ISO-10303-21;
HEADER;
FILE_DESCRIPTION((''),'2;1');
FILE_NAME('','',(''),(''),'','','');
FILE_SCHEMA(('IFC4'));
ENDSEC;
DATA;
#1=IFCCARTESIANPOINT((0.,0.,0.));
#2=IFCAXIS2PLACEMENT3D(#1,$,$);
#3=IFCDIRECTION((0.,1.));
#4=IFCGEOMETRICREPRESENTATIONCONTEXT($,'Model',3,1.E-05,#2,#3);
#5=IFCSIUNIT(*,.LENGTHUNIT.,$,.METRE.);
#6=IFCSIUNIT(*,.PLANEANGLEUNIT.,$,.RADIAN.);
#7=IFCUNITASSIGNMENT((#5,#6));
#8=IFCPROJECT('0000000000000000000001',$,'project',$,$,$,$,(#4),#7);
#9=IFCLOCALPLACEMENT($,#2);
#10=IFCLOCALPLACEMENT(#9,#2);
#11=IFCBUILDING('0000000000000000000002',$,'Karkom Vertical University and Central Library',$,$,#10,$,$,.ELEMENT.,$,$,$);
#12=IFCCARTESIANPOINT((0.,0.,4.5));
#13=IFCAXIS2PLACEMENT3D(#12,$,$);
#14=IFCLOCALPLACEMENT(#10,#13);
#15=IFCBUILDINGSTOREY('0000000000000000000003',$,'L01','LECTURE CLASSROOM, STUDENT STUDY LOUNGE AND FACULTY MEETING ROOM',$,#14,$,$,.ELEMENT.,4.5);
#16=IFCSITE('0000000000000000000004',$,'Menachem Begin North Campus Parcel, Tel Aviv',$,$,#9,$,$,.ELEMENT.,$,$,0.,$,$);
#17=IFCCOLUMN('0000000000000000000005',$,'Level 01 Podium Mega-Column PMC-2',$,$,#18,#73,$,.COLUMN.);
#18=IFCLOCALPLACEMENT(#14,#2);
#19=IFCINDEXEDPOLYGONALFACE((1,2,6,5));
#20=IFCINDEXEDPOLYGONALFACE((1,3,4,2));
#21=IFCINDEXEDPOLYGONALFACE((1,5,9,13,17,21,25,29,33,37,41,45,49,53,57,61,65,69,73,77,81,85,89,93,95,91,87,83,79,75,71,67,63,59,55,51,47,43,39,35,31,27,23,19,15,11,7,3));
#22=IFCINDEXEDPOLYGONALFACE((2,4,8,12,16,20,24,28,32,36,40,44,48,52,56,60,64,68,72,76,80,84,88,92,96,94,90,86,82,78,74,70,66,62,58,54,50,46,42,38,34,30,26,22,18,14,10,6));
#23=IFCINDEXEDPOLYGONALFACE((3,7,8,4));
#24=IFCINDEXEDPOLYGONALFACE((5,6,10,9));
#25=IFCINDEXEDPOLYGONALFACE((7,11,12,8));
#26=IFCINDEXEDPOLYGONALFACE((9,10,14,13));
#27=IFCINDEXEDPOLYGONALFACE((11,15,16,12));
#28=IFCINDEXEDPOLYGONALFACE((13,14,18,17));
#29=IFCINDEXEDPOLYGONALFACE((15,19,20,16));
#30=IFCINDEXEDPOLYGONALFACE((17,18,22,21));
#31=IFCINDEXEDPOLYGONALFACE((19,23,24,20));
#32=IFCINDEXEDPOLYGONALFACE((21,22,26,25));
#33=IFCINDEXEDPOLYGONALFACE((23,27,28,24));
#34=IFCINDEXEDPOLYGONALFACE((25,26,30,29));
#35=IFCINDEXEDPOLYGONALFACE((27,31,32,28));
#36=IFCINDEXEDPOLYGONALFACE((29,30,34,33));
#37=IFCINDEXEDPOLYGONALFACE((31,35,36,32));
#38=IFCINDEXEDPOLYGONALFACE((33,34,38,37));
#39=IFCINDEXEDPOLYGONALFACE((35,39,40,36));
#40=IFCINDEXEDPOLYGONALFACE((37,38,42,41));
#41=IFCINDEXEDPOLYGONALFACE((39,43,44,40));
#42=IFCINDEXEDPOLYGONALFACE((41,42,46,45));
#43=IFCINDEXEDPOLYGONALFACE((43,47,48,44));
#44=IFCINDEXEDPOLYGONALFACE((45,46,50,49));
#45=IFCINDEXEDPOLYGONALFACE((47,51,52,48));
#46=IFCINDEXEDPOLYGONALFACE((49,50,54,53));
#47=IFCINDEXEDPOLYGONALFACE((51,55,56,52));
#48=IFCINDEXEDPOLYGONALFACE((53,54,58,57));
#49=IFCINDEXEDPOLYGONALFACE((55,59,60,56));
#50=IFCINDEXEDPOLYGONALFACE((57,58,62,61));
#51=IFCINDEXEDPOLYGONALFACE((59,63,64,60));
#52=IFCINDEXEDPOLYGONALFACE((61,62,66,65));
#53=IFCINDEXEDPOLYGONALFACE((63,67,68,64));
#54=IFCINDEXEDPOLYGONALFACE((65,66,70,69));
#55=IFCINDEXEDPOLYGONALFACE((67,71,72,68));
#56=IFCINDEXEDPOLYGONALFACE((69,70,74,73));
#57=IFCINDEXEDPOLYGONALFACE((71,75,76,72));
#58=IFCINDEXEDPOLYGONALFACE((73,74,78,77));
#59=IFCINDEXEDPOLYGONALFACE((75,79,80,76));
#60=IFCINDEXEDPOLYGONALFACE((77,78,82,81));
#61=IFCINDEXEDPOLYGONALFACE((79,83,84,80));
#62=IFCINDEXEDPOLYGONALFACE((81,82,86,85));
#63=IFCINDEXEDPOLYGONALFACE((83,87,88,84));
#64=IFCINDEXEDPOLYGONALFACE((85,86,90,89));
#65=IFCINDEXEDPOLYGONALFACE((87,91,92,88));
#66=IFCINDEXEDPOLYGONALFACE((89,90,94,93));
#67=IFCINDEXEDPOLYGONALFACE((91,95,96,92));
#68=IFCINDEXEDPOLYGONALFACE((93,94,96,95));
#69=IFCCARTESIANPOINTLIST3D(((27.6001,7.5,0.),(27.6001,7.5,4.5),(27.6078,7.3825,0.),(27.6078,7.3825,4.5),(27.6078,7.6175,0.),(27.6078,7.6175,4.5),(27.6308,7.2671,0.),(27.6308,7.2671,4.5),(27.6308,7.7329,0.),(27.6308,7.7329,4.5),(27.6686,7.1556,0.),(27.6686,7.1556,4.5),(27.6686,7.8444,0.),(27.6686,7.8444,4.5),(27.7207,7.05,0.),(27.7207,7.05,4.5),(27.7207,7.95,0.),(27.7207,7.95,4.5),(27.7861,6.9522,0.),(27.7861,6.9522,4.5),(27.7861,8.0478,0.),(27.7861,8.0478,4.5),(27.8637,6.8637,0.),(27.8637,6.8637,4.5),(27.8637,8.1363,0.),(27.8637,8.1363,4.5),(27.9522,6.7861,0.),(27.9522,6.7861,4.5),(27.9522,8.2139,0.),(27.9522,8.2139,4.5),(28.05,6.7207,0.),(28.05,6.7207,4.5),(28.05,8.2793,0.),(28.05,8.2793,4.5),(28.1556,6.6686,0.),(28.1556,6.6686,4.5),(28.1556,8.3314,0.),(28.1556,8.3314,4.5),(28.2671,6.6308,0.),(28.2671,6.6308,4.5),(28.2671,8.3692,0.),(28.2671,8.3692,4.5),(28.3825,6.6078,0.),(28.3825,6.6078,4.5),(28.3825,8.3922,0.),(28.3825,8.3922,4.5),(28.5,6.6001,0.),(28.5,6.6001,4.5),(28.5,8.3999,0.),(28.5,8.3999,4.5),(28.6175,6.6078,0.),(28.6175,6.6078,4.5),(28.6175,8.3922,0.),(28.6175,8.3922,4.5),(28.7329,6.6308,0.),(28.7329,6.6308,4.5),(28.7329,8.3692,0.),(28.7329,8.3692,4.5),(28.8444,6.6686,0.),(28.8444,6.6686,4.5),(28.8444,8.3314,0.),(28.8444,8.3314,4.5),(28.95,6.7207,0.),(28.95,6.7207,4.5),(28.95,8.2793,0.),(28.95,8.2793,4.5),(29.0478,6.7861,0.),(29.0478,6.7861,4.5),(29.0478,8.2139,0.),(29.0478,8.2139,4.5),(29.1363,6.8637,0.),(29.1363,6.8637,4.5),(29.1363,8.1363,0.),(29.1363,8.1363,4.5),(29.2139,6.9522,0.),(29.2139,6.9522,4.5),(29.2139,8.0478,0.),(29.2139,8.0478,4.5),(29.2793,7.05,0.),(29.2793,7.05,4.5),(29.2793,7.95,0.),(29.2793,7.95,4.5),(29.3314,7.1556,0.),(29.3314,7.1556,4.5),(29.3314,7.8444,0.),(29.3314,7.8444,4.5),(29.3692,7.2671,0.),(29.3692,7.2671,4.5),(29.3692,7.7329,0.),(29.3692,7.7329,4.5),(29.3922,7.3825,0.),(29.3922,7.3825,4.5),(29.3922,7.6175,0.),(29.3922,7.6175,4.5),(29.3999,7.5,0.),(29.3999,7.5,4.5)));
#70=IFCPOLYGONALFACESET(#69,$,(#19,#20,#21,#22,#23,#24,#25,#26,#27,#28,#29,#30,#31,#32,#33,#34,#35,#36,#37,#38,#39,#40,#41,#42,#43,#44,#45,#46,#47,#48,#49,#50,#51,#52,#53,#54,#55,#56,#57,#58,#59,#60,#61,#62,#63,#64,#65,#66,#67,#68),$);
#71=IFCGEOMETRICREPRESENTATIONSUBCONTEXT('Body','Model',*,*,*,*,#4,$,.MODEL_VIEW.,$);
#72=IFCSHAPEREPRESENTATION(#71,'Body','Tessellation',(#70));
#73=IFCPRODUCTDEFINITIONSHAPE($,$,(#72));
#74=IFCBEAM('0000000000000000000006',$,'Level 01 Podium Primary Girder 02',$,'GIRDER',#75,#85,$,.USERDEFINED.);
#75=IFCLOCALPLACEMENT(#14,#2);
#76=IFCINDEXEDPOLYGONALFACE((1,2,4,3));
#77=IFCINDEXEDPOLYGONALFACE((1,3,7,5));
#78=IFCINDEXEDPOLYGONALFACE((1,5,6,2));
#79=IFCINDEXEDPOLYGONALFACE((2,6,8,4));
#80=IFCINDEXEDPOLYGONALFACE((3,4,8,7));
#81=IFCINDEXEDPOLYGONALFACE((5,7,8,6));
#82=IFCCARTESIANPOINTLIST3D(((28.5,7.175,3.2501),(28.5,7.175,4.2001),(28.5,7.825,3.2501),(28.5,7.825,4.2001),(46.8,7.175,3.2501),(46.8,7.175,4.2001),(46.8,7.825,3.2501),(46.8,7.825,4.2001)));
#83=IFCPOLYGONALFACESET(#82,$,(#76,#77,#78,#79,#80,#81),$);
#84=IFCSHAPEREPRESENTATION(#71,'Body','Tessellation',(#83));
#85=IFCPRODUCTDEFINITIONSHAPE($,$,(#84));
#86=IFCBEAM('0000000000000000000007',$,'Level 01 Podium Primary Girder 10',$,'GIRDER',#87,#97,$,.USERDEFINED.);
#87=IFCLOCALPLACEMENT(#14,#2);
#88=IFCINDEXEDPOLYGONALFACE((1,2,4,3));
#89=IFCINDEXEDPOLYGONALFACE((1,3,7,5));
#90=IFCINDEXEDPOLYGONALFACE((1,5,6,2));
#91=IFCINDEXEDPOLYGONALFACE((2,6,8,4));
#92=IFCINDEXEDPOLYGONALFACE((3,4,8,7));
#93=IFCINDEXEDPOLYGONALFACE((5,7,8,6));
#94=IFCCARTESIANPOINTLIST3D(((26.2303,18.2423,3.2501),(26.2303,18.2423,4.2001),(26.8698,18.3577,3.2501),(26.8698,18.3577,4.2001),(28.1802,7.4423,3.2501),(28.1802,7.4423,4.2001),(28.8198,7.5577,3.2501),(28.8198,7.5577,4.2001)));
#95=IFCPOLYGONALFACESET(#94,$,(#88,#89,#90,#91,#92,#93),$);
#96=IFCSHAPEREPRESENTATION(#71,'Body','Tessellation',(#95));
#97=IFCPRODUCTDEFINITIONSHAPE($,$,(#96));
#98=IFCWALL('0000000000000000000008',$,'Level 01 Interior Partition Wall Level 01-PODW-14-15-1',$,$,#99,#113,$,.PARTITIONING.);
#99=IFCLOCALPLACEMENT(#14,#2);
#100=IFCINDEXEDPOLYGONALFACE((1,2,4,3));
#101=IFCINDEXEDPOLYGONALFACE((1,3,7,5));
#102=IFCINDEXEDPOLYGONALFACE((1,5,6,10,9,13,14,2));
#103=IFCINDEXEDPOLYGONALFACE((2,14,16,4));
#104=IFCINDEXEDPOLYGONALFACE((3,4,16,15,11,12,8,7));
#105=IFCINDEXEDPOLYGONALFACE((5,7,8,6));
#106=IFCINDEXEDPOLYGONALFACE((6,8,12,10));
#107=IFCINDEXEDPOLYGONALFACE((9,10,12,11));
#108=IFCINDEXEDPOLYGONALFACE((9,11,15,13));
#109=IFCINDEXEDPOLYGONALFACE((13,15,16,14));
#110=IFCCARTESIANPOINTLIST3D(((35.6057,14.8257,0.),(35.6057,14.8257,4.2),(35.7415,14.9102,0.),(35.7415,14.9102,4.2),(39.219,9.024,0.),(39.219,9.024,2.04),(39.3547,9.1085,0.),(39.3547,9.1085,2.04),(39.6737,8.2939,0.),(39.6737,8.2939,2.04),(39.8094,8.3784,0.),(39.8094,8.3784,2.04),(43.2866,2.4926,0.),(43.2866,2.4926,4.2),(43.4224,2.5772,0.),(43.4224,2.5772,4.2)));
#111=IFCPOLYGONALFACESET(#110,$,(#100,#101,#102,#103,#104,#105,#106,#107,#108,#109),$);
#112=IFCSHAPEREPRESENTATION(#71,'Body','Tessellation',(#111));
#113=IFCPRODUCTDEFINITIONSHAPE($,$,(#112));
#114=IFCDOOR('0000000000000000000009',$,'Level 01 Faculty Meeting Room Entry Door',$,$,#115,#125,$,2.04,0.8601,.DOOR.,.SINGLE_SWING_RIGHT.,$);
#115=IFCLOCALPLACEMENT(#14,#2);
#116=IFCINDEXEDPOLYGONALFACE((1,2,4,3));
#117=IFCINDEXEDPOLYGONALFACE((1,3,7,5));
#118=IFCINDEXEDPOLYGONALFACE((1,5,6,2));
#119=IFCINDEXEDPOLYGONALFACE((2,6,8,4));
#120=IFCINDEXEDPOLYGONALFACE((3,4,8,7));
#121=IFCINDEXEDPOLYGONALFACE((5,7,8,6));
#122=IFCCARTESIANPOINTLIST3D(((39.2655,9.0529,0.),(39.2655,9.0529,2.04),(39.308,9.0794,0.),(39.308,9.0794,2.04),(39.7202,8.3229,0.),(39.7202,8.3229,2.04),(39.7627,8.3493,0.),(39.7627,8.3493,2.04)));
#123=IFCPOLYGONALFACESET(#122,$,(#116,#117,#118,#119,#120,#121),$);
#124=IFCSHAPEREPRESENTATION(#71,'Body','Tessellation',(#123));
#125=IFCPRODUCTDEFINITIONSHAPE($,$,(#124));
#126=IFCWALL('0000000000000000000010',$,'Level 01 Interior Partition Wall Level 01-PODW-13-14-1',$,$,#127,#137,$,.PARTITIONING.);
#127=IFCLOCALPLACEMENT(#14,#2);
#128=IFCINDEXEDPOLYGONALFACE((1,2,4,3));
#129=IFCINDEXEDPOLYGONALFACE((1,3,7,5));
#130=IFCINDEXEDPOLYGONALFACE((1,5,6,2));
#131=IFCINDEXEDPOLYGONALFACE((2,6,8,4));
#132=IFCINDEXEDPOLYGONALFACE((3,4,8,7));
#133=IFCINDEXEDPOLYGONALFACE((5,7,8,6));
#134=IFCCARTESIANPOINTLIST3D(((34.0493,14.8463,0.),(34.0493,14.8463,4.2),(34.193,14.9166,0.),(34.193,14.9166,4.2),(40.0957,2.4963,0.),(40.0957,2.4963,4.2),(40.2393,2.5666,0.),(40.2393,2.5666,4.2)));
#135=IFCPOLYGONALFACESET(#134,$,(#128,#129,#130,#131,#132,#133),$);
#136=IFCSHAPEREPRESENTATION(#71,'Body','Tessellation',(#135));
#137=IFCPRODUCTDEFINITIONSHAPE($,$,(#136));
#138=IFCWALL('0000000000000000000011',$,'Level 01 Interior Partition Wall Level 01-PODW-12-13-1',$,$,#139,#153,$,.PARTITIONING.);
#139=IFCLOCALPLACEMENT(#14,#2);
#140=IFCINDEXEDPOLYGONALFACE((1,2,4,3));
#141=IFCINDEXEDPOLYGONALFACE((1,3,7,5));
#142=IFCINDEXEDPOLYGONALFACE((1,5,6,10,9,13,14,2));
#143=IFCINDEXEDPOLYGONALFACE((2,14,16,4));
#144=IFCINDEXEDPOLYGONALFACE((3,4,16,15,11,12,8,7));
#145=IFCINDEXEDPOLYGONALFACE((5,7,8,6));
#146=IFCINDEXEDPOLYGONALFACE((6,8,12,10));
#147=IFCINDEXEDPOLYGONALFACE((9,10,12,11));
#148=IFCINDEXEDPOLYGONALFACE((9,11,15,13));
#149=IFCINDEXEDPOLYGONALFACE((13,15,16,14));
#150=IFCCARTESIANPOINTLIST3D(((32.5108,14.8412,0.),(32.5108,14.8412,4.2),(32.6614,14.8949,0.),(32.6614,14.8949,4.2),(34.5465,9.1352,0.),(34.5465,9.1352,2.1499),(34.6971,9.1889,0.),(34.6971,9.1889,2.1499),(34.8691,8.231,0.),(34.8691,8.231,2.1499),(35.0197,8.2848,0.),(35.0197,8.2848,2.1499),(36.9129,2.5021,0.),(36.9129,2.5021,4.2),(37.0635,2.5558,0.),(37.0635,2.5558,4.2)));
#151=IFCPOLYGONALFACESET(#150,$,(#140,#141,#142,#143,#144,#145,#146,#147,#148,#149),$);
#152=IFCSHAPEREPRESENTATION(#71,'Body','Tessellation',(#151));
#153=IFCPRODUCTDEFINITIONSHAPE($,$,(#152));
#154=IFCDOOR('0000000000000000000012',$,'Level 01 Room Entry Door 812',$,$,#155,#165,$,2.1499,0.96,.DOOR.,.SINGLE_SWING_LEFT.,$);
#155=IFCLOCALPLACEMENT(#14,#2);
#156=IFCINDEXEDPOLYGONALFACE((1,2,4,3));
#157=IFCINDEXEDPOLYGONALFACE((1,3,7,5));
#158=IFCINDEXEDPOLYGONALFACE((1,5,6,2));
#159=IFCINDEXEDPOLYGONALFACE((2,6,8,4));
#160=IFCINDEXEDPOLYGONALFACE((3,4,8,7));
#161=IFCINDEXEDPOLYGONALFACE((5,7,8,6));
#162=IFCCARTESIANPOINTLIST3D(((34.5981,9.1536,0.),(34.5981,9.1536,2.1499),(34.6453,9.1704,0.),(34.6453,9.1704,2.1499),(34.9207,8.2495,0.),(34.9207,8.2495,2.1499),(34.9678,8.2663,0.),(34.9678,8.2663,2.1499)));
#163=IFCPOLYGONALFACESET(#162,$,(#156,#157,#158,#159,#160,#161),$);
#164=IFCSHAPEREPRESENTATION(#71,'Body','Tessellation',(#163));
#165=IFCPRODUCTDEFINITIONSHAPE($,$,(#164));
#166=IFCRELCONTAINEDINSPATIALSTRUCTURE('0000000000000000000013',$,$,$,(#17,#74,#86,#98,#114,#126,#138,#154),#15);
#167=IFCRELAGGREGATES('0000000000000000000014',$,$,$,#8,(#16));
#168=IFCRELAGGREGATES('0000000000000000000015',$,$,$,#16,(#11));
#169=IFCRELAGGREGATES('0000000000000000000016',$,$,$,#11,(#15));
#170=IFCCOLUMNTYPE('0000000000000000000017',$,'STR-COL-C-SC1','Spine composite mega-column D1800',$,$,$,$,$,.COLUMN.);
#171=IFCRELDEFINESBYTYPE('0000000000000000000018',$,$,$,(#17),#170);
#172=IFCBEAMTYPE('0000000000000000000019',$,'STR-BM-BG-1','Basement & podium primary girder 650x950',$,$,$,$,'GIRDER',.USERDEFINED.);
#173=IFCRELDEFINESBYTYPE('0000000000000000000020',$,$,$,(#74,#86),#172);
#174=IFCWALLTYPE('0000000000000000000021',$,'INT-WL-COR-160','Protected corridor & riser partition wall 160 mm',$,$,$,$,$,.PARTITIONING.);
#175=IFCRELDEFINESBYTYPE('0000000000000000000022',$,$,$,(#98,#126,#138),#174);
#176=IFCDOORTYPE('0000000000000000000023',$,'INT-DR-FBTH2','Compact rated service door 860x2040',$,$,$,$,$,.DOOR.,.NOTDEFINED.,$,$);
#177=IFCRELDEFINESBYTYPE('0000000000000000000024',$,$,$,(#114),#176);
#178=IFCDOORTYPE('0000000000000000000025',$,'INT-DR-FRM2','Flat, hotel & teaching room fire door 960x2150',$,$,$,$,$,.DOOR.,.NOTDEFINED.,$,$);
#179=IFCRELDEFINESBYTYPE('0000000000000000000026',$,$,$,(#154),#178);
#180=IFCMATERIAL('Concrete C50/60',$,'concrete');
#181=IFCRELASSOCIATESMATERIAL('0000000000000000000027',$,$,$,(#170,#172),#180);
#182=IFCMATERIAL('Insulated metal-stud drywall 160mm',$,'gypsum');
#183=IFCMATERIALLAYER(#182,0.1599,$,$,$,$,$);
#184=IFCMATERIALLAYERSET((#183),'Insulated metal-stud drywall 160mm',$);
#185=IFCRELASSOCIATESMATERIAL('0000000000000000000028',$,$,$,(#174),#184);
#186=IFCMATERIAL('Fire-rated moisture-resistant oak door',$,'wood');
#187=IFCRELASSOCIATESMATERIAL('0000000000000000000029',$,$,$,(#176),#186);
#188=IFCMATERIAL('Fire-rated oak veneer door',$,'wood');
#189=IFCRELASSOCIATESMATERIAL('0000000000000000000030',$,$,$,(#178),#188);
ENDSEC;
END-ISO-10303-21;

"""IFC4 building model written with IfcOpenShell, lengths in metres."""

from ifc_helpers import new_model, si_unit, direction, frame, frame_2d, origin, origin_with_axes, origin_2d, place, context, subcontext, project, spatial, rectangle, circle, extrude, source, transform, mapped, material, layer, layer_set, material_profile, profile_set, type_object, element, fill, save


model = new_model("IFC4")

# Units and contexts
model_context = context("Model", 3, precision=1e-05, world=origin(), true_north=direction((0.0, 1.0)))
body_context = subcontext(model_context, "Body", "Model", "MODEL_VIEW")
ifc_project = project(units=[si_unit("LENGTHUNIT", "METRE"), si_unit("PLANEANGLEUNIT", "RADIAN")], contexts=[model_context])

# Site, building, storey
site_placement = place(None, origin())
site = spatial("IfcSite", under=ifc_project, at=site_placement, Name="Menachem Begin North Campus Parcel, Tel Aviv", CompositionType="ELEMENT", RefElevation=0.0)
building_placement = place(site_placement, origin())
building = spatial("IfcBuilding", under=site, at=building_placement, Name="Karkom Vertical University and Central Library", CompositionType="ELEMENT")
storey_placement = place(building_placement, frame((0.0, 0.0, 4.5)))
storey = spatial("IfcBuildingStorey", under=building, at=storey_placement, Name="L01", Description="LECTURE CLASSROOM, STUDENT STUDY LOUNGE AND FACULTY MEETING ROOM", CompositionType="ELEMENT", Elevation=4.5)

# Column
ifc_material_1 = material(Name="Concrete C50/60", Category="concrete")
ifc_material_profile_1 = material_profile(ifc_material_1, circle(Radius=0.8999, at=origin_2d()), Name="CFT-D1800")
ifc_profile_set_1 = profile_set([ifc_material_profile_1], Name="Concrete C50/60")
column_type = type_object("IfcColumnType", Name="STR-COL-C-SC1", Description="Spine composite mega-column D1800", PredefinedType="COLUMN", material=ifc_profile_set_1)
shared_shape_1 = source(origin_with_axes(), body_context, "Body", "SweptSolid", [
    extrude(circle(Radius=0.8999, at=origin_2d()), origin(), (0.0, 0.0, 1.0), 4.5),
])
column_placement = place(storey_placement, frame((28.5, 7.5, 0.0), z_axis=(0.0, 0.0, 1.0), x_axis=(1.0, 0.0, 0.0)))
element("IfcColumn", 1, at=column_placement, inside=storey, type_object=column_type, Name="Level 01 Podium Mega-Column PMC-2", PredefinedType="COLUMN", context=body_context, shape_type="MappedRepresentation", body=[
    mapped(shared_shape_1, transform((0.0, 0.0, 0.0), scale=1.0)),
])

# Beams
ifc_material_profile_2 = material_profile(ifc_material_1, rectangle(XDim=0.6499, YDim=0.95, at=origin_2d()), Name="RCG-650x950")
ifc_profile_set_2 = profile_set([ifc_material_profile_2], Name="Concrete C50/60")
beam_type = type_object("IfcBeamType", Name="STR-BM-BG-1", Description="Basement & podium primary girder 650x950", ElementType="GIRDER", PredefinedType="USERDEFINED", material=ifc_profile_set_2)
shared_shape_2 = source(origin_with_axes(), body_context, "Body", "SweptSolid", [
    extrude(rectangle(XDim=0.6499, YDim=0.95, at=origin_2d()), origin(), (0.0, 0.0, 1.0), 18.3),
])
beam_1_placement = place(storey_placement, frame((28.5, 7.5, 3.7251), z_axis=(1.0, 0.0, 0.0), x_axis=(0.0, 1.0, 0.0)))
element("IfcBeam", 2, at=beam_1_placement, inside=storey, type_object=beam_type, Name="Level 01 Podium Primary Girder 02", ObjectType="GIRDER", PredefinedType="USERDEFINED", context=body_context, shape_type="MappedRepresentation", body=[
    mapped(shared_shape_2, transform((0.0, 0.0, 0.0), scale=1.0)),
])
shared_shape_3 = source(origin_with_axes(), body_context, "Body", "SweptSolid", [
    extrude(rectangle(XDim=0.6499, YDim=0.95, at=origin_2d()), origin(), (0.0, 0.0, 1.0), 10.9746),
])
beam_2_placement = place(storey_placement, frame((28.5, 7.5, 3.7251), z_axis=(-0.177677, 0.984089, 0.0), x_axis=(-0.984089, -0.177677, 0.0)))
element("IfcBeam", 3, at=beam_2_placement, inside=storey, type_object=beam_type, Name="Level 01 Podium Primary Girder 10", ObjectType="GIRDER", PredefinedType="USERDEFINED", context=body_context, shape_type="MappedRepresentation", body=[
    mapped(shared_shape_3, transform((0.0, 0.0, 0.0), scale=1.0)),
])

# Wall, opening, door
ifc_material_2 = material(Name="Insulated metal-stud drywall 160mm", Category="gypsum")
ifc_layer_1 = layer(ifc_material_2, 0.1599)
ifc_layer_set_1 = layer_set([ifc_layer_1], Name="Insulated metal-stud drywall 160mm")
wall_type_1 = type_object("IfcWallType", Name="INT-WL-COR-160", Description="Protected corridor & riser partition wall 160 mm", PredefinedType="PARTITIONING", material=ifc_layer_set_1)
wall_1_placement = place(storey_placement, frame((35.6736, 14.8679, 0.0), z_axis=(0.0, 0.0, 1.0), x_axis=(0.528651, -0.848839, 0.0)))
wall_1 = element("IfcWall", 4, at=wall_1_placement, inside=storey, type_object=wall_type_1, Name="Level 01 Interior Partition Wall Level 01-PODW-14-15-1", PredefinedType="PARTITIONING", context=body_context, shape_type="SweptSolid", body=[
    extrude(rectangle(XDim=14.5293, YDim=0.1599, at=frame_2d((7.2646, 0.0))), origin(), (0.0, 0.0, 1.0), 4.2),
])
opening_1_placement = place(wall_1_placement, frame((6.8347, 0.0, 0.0)))
opening_1 = element("IfcOpeningElement", 5, at=opening_1_placement, cuts=wall_1, PredefinedType="OPENING", context=body_context, shape_type="SweptSolid", body=[
    extrude(rectangle(XDim=0.8601, YDim=2.04, at=frame_2d((0.4302, 1.02))), frame((0.0, 0.0898, 0.0), z_axis=(0.0, -1.0, 0.0), x_axis=(1.0, 0.0, 0.0)), (0.0, 0.0, 1.0), 0.1799),
])
ifc_material_3 = material(Name="Fire-rated moisture-resistant oak door", Category="wood")
door_type_1 = type_object("IfcDoorType", Name="INT-DR-FBTH2", Description="Compact rated service door 860x2040", OperationType="NOTDEFINED", PredefinedType="DOOR", material=ifc_material_3)
shared_shape_4 = source(origin_with_axes(), body_context, "Body", "SweptSolid", [
    extrude(rectangle(XDim=0.8601, YDim=2.04, at=frame_2d((0.4302, 1.02))), frame((0.0, 0.0249, 0.0), z_axis=(0.0, -1.0, 0.0), x_axis=(1.0, 0.0, 0.0)), (0.0, 0.0, 1.0), 0.05),
])
door_1_placement = place(opening_1_placement, origin())
door_1 = element("IfcDoor", 6, at=door_1_placement, inside=storey, type_object=door_type_1, Name="Level 01 Faculty Meeting Room Entry Door", OperationType="SINGLE_SWING_RIGHT", OverallHeight=2.04, OverallWidth=0.8601, PredefinedType="DOOR", context=body_context, shape_type="MappedRepresentation", body=[
    mapped(shared_shape_4, transform((0.0, 0.0, 0.0), scale=1.0)),
])
fill(opening_1, door_1)

# Wall
wall_2_placement = place(storey_placement, frame((34.1211, 14.8816, 0.0), z_axis=(0.0, 0.0, 1.0), x_axis=(0.439713, -0.898139, 0.0)))
element("IfcWall", 7, at=wall_2_placement, inside=storey, type_object=wall_type_1, Name="Level 01 Interior Partition Wall Level 01-PODW-13-14-1", PredefinedType="PARTITIONING", context=body_context, shape_type="SweptSolid", body=[
    extrude(rectangle(XDim=13.7507, YDim=0.1599, at=frame_2d((6.8755, 0.0))), origin(), (0.0, 0.0, 1.0), 4.2),
])

# Wall, opening, door
wall_3_placement = place(storey_placement, frame((32.5862, 14.8679, 0.0), z_axis=(0.0, 0.0, 1.0), x_axis=(0.336016, -0.941856, 0.0)))
wall_3 = element("IfcWall", 8, at=wall_3_placement, inside=storey, type_object=wall_type_1, Name="Level 01 Interior Partition Wall Level 01-PODW-12-13-1", PredefinedType="PARTITIONING", context=body_context, shape_type="SweptSolid", body=[
    extrude(rectangle(XDim=13.1008, YDim=0.1599, at=frame_2d((6.5503, 0.0))), origin(), (0.0, 0.0, 1.0), 4.2),
])
opening_2_placement = place(wall_3_placement, frame((6.0581, 0.0, 0.0)))
opening_2 = element("IfcOpeningElement", 9, at=opening_2_placement, cuts=wall_3, PredefinedType="OPENING", context=body_context, shape_type="SweptSolid", body=[
    extrude(rectangle(XDim=0.96, YDim=2.1499, at=frame_2d((0.48, 1.075))), frame((0.0, 0.0898, 0.0), z_axis=(0.0, -1.0, 0.0), x_axis=(1.0, 0.0, 0.0)), (0.0, 0.0, 1.0), 0.1799),
])
ifc_material_4 = material(Name="Fire-rated oak veneer door", Category="wood")
door_type_2 = type_object("IfcDoorType", Name="INT-DR-FRM2", Description="Flat, hotel & teaching room fire door 960x2150", OperationType="NOTDEFINED", PredefinedType="DOOR", material=ifc_material_4)
shared_shape_5 = source(origin_with_axes(), body_context, "Body", "SweptSolid", [
    extrude(rectangle(XDim=0.96, YDim=2.1499, at=frame_2d((0.48, 1.075))), frame((0.0, 0.0249, 0.0), z_axis=(0.0, -1.0, 0.0), x_axis=(1.0, 0.0, 0.0)), (0.0, 0.0, 1.0), 0.05),
])
door_2_placement = place(opening_2_placement, origin())
door_2 = element("IfcDoor", 10, at=door_2_placement, inside=storey, type_object=door_type_2, Name="Level 01 Room Entry Door 812", OperationType="SINGLE_SWING_LEFT", OverallHeight=2.1499, OverallWidth=0.96, PredefinedType="DOOR", context=body_context, shape_type="MappedRepresentation", body=[
    mapped(shared_shape_5, transform((0.0, 0.0, 0.0), scale=1.0)),
])
fill(opening_2, door_2)

save(model, "model.ifc")
